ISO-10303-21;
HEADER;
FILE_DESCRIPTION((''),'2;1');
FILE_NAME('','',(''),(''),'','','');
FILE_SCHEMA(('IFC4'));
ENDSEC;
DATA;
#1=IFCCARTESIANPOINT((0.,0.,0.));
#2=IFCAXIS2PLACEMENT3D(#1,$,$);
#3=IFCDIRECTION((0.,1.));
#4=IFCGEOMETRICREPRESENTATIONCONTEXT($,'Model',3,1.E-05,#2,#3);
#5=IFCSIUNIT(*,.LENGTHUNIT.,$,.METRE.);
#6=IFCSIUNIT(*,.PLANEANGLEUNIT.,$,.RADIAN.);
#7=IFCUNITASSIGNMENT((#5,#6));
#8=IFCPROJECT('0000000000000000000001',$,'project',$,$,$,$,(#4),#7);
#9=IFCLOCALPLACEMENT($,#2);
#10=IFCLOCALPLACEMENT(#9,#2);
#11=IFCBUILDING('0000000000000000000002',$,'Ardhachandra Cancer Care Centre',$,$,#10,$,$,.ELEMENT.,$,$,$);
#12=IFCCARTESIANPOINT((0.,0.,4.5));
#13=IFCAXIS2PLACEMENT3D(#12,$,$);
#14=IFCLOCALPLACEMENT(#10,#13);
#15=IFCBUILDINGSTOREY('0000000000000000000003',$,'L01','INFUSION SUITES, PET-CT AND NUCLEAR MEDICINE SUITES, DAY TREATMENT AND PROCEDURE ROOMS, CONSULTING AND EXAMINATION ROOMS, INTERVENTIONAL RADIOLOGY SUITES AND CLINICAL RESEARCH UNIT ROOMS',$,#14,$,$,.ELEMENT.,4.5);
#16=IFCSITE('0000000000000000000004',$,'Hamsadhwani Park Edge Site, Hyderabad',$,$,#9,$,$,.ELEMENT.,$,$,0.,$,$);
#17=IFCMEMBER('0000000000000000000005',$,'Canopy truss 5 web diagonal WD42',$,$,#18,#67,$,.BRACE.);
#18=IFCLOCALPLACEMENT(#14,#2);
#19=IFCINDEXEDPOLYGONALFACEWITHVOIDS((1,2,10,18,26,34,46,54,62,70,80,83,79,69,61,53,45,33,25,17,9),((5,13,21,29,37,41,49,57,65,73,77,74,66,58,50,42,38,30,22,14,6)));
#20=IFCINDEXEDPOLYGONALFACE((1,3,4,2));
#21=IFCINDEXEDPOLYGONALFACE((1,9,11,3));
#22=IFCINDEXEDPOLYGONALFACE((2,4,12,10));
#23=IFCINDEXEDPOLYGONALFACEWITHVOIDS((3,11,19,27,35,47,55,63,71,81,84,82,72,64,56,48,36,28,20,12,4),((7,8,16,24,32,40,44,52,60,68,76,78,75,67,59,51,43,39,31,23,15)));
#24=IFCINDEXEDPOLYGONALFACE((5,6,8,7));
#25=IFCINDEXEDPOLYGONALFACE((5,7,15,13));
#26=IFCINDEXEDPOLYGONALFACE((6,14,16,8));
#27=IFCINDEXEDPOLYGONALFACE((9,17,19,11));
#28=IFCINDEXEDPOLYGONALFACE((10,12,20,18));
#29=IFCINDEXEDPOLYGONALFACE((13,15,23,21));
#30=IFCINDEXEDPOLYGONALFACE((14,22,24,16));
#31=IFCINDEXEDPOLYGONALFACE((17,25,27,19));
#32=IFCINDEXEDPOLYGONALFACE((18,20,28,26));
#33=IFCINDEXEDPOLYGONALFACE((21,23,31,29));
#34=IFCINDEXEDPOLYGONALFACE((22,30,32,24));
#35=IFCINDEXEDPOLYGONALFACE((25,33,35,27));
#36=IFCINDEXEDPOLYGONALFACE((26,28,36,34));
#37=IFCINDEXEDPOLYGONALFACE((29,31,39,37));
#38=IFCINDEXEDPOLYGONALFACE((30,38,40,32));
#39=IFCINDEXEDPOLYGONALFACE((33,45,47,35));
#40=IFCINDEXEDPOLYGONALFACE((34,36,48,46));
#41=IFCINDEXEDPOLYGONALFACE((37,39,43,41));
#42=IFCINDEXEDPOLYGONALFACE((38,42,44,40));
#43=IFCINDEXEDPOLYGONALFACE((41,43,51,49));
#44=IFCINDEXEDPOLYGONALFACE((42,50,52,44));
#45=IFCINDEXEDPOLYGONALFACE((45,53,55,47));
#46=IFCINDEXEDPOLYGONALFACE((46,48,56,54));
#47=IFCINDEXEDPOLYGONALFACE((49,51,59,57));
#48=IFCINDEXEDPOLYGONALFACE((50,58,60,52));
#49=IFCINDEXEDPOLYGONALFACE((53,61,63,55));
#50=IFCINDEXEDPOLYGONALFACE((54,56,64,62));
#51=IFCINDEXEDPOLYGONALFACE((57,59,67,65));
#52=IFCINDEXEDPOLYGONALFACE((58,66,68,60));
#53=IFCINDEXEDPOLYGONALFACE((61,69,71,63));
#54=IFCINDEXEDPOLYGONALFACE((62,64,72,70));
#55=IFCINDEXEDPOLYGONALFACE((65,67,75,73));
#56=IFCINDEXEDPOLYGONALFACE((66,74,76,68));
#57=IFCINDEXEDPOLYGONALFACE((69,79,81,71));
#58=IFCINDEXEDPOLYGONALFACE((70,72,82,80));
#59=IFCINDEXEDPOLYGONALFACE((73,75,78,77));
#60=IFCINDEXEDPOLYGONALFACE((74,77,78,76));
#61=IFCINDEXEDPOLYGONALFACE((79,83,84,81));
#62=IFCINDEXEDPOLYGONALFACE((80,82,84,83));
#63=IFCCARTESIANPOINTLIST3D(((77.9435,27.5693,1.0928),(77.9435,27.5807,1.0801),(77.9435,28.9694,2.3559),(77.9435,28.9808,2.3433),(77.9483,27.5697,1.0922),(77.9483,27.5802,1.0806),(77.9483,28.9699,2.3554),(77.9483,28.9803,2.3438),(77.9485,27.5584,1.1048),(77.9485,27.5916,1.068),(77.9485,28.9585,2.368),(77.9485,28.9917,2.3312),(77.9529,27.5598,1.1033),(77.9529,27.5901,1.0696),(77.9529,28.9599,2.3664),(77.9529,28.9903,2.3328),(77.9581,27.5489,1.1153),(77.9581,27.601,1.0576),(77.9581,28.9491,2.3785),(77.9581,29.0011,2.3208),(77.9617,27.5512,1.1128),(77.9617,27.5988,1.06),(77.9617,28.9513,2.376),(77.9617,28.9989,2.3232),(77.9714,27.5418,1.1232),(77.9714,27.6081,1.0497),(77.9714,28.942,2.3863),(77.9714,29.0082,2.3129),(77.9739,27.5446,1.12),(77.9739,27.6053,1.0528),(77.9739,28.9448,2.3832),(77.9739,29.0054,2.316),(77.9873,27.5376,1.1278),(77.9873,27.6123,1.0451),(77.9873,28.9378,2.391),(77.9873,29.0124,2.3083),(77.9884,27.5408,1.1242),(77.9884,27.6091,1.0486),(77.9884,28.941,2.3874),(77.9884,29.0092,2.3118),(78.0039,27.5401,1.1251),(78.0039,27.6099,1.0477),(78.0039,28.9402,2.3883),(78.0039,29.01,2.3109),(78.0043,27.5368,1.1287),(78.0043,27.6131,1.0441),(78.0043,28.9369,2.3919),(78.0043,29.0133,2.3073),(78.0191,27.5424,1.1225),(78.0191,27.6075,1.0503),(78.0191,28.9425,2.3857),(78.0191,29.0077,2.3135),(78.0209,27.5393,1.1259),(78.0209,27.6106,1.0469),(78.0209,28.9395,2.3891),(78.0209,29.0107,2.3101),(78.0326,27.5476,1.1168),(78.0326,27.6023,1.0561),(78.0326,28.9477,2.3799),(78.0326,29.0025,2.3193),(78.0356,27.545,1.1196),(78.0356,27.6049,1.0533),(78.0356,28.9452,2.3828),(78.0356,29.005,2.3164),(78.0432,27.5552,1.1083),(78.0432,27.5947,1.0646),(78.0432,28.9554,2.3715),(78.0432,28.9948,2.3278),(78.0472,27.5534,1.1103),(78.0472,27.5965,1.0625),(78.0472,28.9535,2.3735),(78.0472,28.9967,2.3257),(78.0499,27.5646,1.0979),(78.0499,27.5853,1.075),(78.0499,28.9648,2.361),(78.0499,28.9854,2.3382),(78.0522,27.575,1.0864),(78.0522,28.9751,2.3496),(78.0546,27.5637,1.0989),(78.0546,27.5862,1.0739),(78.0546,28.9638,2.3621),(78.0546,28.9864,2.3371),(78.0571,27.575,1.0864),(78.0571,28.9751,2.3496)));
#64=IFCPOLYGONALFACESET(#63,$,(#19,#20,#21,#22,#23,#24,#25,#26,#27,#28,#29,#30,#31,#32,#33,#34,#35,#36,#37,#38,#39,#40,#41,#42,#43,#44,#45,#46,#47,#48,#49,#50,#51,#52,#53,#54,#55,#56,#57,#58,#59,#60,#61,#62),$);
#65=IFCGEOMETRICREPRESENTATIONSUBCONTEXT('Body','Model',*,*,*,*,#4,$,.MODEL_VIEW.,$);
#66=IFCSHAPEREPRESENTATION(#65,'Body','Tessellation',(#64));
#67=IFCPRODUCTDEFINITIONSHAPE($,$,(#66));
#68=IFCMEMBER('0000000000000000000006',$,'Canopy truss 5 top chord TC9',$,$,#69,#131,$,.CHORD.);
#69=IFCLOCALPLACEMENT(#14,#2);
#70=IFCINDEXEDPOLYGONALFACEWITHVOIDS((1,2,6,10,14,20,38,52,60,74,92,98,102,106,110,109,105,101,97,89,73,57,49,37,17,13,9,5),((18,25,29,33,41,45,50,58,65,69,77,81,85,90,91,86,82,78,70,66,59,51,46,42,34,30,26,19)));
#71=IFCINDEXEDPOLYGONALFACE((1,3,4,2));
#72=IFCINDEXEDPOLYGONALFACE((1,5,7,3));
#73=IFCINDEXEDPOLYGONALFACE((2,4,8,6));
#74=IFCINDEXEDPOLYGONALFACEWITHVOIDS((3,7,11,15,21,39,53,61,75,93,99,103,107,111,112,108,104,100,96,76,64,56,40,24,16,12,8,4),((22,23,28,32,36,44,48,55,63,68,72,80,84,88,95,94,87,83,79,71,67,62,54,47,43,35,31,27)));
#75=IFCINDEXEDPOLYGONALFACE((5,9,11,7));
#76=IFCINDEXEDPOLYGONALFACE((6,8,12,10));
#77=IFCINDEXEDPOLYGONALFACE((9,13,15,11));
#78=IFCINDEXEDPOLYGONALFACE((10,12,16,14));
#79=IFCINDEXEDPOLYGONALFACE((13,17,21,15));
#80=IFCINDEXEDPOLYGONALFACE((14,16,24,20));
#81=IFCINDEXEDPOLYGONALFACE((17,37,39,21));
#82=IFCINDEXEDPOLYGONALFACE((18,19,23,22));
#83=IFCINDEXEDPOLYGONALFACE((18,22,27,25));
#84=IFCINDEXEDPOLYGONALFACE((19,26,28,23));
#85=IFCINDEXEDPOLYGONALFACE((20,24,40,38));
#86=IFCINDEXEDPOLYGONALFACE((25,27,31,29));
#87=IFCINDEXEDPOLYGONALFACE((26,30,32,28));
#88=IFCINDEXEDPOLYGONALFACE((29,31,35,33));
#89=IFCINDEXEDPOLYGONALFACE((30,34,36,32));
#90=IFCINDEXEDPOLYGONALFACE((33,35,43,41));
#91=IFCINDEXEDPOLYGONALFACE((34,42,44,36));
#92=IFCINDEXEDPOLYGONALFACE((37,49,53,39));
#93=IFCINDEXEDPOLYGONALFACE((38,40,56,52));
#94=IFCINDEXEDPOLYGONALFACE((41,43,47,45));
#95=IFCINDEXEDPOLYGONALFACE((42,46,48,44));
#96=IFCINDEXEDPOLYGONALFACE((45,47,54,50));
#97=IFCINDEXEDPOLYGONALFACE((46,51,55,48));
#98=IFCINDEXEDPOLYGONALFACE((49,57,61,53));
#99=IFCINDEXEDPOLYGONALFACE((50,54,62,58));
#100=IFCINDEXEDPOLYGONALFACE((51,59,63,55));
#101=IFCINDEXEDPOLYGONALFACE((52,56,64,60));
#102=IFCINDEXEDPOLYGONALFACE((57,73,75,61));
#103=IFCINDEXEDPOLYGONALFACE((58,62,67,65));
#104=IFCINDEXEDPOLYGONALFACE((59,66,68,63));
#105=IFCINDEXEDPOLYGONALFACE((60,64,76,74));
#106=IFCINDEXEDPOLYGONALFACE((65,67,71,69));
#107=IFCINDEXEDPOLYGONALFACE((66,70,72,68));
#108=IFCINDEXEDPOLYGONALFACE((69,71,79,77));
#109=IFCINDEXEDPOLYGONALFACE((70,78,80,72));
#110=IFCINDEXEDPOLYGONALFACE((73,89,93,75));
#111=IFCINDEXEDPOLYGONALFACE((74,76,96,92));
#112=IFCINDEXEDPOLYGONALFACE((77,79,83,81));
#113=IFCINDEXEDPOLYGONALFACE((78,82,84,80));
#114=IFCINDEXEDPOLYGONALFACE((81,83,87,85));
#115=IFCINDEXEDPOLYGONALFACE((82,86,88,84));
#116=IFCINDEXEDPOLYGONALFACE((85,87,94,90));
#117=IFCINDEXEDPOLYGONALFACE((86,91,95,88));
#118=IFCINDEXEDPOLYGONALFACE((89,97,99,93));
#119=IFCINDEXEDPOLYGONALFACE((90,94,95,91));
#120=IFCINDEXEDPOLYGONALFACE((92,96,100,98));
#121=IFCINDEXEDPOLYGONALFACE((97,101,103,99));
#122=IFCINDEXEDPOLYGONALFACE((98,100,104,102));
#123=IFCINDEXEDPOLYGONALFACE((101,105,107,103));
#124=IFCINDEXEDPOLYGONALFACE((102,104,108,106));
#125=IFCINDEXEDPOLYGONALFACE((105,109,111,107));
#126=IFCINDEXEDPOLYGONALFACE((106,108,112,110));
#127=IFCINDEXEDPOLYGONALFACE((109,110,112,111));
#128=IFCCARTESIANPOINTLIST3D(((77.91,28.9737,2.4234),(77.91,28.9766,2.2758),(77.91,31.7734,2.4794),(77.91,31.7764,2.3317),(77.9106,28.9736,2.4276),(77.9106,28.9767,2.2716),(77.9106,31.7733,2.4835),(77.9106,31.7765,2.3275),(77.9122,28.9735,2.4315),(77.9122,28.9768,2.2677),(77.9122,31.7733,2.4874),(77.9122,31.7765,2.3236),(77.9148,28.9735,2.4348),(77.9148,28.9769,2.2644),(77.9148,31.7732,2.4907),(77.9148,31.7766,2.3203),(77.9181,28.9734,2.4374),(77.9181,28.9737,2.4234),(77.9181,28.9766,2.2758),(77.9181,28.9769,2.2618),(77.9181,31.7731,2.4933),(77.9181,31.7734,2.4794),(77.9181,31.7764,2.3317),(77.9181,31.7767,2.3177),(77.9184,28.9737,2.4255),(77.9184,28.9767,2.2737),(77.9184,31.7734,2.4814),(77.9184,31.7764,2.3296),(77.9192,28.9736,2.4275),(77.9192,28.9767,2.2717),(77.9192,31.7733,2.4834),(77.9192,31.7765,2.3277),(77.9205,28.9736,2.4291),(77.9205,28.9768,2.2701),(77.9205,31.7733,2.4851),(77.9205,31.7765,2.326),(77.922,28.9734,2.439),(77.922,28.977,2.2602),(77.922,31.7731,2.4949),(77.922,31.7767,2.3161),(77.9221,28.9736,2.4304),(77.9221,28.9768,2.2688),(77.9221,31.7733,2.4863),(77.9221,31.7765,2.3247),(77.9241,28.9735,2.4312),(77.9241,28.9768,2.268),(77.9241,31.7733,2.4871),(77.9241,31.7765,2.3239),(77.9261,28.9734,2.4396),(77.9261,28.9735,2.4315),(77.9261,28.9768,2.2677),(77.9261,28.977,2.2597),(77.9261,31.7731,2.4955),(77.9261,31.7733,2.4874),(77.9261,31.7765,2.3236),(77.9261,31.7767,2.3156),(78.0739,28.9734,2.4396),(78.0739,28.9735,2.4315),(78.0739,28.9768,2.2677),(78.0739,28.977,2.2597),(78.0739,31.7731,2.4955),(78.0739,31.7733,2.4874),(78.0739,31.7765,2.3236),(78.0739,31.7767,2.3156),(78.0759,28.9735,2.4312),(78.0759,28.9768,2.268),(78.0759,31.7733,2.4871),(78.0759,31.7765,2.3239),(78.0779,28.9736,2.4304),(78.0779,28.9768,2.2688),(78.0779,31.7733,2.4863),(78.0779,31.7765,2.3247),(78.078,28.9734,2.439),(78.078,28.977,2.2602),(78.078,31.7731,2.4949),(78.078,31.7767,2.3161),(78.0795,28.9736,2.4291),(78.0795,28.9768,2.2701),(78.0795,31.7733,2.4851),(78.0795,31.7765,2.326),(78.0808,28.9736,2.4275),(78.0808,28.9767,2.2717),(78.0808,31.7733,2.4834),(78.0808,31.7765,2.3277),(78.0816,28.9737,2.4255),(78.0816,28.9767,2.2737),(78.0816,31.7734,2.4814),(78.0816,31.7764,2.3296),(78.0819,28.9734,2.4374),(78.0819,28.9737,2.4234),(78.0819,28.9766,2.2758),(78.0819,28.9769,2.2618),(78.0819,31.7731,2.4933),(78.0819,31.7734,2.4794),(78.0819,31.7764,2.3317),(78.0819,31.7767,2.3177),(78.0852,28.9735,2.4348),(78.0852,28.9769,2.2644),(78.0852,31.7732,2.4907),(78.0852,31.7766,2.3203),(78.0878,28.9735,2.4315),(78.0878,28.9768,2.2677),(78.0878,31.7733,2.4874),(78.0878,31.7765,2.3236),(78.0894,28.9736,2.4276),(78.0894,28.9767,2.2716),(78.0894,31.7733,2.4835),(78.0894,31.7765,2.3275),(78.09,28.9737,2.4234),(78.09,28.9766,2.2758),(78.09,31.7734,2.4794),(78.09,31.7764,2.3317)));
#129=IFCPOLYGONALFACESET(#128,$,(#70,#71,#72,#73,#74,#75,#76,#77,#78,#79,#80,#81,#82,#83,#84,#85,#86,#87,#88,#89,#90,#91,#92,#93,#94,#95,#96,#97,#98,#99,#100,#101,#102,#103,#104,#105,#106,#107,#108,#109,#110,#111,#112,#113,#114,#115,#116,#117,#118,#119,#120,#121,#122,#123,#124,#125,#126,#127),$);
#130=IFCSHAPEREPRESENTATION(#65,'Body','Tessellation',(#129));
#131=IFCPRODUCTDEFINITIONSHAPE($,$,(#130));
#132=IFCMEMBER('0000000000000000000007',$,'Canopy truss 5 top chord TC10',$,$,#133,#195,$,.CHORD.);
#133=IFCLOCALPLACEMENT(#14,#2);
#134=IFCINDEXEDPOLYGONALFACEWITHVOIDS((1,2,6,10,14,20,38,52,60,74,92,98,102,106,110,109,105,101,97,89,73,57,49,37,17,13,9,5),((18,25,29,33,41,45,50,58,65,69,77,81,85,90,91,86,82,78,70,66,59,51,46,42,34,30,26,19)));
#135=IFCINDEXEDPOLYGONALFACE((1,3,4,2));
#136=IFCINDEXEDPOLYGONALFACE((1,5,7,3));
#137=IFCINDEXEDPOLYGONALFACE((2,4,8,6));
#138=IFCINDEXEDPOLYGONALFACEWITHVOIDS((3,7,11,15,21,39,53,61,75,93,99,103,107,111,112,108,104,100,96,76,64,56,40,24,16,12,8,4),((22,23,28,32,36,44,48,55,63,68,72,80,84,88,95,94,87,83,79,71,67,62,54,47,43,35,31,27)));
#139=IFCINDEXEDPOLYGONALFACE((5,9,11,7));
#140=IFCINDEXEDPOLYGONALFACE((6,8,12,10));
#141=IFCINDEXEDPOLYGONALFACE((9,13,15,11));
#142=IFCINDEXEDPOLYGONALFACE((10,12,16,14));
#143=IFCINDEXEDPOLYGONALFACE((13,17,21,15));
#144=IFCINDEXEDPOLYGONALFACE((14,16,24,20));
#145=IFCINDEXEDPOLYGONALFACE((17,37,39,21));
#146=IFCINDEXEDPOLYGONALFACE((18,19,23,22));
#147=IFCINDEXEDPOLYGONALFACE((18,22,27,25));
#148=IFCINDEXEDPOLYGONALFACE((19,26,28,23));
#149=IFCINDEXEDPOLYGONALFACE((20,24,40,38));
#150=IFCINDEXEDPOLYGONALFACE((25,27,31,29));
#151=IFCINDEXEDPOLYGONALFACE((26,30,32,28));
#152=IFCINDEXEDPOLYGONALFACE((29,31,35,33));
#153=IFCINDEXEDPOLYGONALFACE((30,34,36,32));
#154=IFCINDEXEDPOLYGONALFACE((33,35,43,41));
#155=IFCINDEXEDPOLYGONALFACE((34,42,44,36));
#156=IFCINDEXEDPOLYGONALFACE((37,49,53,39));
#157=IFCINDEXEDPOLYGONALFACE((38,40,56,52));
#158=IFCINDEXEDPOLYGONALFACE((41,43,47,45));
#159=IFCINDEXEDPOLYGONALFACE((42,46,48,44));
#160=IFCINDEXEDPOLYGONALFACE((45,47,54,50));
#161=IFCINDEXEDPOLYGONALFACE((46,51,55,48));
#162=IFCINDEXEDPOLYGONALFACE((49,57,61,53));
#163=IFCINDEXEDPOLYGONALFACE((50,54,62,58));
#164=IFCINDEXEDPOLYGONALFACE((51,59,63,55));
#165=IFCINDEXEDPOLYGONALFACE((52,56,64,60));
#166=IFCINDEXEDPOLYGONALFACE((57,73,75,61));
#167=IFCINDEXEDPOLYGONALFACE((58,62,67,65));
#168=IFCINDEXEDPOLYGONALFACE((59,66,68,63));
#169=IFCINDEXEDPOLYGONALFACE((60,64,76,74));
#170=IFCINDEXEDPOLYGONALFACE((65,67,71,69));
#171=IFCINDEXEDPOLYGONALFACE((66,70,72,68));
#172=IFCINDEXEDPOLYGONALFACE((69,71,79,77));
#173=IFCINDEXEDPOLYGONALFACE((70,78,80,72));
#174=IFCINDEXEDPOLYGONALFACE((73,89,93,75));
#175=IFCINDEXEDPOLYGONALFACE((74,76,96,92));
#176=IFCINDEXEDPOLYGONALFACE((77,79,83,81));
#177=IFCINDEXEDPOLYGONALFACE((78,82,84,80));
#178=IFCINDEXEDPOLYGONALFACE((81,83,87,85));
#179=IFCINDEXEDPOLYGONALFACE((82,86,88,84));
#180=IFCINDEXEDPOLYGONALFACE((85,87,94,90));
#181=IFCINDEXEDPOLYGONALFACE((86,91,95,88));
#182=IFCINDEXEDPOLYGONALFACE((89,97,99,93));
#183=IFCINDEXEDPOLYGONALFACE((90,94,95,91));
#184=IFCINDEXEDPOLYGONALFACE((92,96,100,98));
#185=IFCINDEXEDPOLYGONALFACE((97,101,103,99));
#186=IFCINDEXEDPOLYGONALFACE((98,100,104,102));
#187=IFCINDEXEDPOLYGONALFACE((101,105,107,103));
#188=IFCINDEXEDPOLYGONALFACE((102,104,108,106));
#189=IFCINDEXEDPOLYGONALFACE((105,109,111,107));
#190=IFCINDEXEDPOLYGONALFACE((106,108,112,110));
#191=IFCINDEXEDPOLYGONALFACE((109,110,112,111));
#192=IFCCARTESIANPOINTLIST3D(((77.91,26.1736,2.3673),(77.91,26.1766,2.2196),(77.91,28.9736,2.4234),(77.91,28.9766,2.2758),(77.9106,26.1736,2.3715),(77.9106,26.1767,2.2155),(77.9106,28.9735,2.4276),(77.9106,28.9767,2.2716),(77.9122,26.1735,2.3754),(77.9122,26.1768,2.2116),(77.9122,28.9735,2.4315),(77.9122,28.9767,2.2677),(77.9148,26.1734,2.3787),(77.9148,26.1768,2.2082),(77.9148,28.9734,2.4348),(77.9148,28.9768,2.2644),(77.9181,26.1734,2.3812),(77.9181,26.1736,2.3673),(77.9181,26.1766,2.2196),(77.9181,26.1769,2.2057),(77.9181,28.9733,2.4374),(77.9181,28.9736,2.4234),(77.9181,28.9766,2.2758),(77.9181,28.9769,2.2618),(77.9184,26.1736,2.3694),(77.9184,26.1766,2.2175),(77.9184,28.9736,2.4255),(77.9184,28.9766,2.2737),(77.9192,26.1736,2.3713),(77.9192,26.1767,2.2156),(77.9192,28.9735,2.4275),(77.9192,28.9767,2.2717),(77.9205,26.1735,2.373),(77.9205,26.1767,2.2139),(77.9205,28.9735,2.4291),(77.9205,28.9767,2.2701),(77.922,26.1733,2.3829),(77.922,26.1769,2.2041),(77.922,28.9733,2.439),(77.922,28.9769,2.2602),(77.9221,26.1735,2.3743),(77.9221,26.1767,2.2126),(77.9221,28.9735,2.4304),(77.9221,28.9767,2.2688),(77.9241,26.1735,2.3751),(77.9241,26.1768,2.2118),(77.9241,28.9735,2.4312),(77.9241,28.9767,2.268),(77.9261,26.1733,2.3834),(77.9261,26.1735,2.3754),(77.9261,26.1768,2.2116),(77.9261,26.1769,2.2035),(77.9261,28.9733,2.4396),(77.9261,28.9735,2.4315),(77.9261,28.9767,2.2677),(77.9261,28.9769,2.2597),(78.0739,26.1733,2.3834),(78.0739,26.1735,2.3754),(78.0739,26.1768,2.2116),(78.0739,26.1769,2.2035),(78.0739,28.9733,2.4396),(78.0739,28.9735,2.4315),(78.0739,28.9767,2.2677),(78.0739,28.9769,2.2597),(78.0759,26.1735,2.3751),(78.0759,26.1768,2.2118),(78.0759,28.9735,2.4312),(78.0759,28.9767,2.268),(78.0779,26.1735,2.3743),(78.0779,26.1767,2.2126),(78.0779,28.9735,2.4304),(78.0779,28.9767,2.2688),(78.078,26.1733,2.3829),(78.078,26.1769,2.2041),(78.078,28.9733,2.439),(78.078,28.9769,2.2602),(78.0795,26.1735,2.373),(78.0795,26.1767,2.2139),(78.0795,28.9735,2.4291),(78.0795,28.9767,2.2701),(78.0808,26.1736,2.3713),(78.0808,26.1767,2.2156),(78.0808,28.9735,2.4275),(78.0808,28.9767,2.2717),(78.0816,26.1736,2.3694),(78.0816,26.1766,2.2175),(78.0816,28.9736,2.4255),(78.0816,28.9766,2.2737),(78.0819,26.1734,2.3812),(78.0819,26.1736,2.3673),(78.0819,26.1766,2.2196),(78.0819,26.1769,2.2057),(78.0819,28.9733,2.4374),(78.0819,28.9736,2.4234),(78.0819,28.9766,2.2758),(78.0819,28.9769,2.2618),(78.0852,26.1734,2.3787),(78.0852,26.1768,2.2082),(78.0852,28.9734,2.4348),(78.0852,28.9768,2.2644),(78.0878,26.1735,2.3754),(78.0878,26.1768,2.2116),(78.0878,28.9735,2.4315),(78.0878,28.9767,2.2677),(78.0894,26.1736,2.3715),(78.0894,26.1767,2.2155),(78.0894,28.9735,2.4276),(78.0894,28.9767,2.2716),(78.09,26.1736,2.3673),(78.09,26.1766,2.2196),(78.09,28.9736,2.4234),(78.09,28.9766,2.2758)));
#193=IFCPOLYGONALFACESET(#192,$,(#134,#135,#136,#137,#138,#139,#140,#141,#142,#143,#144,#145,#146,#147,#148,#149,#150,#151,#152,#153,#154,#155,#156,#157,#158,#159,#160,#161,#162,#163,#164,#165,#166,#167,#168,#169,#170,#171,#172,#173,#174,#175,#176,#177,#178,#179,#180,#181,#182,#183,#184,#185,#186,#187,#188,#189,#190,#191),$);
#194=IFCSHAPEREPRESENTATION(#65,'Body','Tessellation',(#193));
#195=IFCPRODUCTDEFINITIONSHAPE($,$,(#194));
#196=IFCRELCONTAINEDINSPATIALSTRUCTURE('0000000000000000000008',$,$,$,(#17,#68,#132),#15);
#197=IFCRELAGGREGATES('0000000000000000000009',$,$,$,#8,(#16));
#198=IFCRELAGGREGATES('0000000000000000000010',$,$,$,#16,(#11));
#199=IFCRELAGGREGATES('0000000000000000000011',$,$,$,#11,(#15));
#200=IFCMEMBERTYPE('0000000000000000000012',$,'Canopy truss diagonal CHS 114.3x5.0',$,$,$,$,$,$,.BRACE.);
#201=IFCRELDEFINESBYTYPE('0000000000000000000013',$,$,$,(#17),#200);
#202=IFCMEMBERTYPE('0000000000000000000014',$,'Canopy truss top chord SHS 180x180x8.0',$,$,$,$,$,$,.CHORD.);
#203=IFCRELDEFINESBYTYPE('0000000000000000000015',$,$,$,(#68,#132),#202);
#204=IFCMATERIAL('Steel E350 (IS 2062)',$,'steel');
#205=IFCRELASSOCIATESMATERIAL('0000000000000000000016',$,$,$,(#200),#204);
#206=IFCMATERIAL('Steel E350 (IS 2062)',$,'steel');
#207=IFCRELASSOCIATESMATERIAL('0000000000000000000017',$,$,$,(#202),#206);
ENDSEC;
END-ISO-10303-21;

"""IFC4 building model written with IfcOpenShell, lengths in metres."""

from ifc_helpers import new_model, si_unit, direction, frame, origin, origin_2d, place, context, subcontext, project, spatial, hollow_rectangle, hollow_circle, extrude, material, material_profile, profile_set, type_object, element, save


model = new_model("IFC4")

# Units and contexts
model_context = context("Model", 3, precision=1e-05, world=origin(), true_north=direction((0.0, 1.0)))
body_context = subcontext(model_context, "Body", "Model", "MODEL_VIEW")
ifc_project = project(units=[si_unit("LENGTHUNIT", "METRE"), si_unit("PLANEANGLEUNIT", "RADIAN")], contexts=[model_context])

# Site, building, storey
site_placement = place(None, origin())
site = spatial("IfcSite", under=ifc_project, at=site_placement, Name="Hamsadhwani Park Edge Site, Hyderabad", CompositionType="ELEMENT", RefElevation=0.0)
building_placement = place(site_placement, origin())
building = spatial("IfcBuilding", under=site, at=building_placement, Name="Ardhachandra Cancer Care Centre", CompositionType="ELEMENT")
storey_placement = place(building_placement, frame((0.0, 0.0, 4.5)))
storey = spatial("IfcBuildingStorey", under=building, at=storey_placement, Name="L01", Description="INFUSION SUITES, PET-CT AND NUCLEAR MEDICINE SUITES, DAY TREATMENT AND PROCEDURE ROOMS, CONSULTING AND EXAMINATION ROOMS, INTERVENTIONAL RADIOLOGY SUITES AND CLINICAL RESEARCH UNIT ROOMS", CompositionType="ELEMENT", Elevation=4.5)

# Members
ifc_material_1 = material(Name="Steel E350 (IS 2062)", Category="steel")
ifc_material_profile_1 = material_profile(ifc_material_1, hollow_circle(Radius=0.0571, WallThickness=0.0049, at=origin_2d()), Name="CHS 114.3x5.0")
ifc_profile_set_1 = profile_set([ifc_material_profile_1], Name="Steel E350 (IS 2062)")
member_type_1 = type_object("IfcMemberType", Name="Canopy truss diagonal CHS 114.3x5.0", PredefinedType="BRACE", material=ifc_profile_set_1)
member_1_placement = place(storey_placement, frame((78.0, 28.9751, 2.3496), z_axis=(0.0, -0.742489, -0.669858), x_axis=(1.0, 0.0, 0.0)))
element("IfcMember", 1, at=member_1_placement, inside=storey, type_object=member_type_1, Name="Canopy truss 5 web diagonal WD42", PredefinedType="BRACE", context=body_context, shape_type="SweptSolid", body=[
    extrude(hollow_circle(Radius=0.0571, WallThickness=0.0049, at=origin_2d()), origin(), (0.0, 0.0, 1.0), 1.8857),
])
ifc_material_2 = material(Name="Steel E350 (IS 2062)", Category="steel")
ifc_material_profile_2 = material_profile(ifc_material_2, hollow_rectangle(XDim=0.1799, YDim=0.1799, WallThickness=0.0081, InnerFilletRadius=0.0081, OuterFilletRadius=0.0161, at=origin_2d()), Name="SHS 180x180x8.0")
ifc_profile_set_2 = profile_set([ifc_material_profile_2], Name="Steel E350 (IS 2062)")
member_type_2 = type_object("IfcMemberType", Name="Canopy truss top chord SHS 180x180x8.0", PredefinedType="CHORD", material=ifc_profile_set_2)
member_2_placement = place(storey_placement, frame((78.0, 31.7749, 2.4055), z_axis=(0.0, -0.999801, -0.019965), x_axis=(1.0, 0.0, 0.0)))
element("IfcMember", 2, at=member_2_placement, inside=storey, type_object=member_type_2, Name="Canopy truss 5 top chord TC9", PredefinedType="CHORD", context=body_context, shape_type="SweptSolid", body=[
    extrude(hollow_rectangle(XDim=0.1799, YDim=0.1799, WallThickness=0.0081, InnerFilletRadius=0.0081, OuterFilletRadius=0.0161, at=origin_2d()), origin(), (0.0, 0.0, 1.0), 2.8003),
])
member_3_placement = place(storey_placement, frame((78.0, 28.9751, 2.3496), z_axis=(0.0, -0.999799, -0.02005), x_axis=(1.0, 0.0, 0.0)))
element("IfcMember", 3, at=member_3_placement, inside=storey, type_object=member_type_2, Name="Canopy truss 5 top chord TC10", PredefinedType="CHORD", context=body_context, shape_type="SweptSolid", body=[
    extrude(hollow_rectangle(XDim=0.1799, YDim=0.1799, WallThickness=0.0081, InnerFilletRadius=0.0081, OuterFilletRadius=0.0161, at=origin_2d()), origin(), (0.0, 0.0, 1.0), 2.8005),
])

save(model, "model.ifc")
